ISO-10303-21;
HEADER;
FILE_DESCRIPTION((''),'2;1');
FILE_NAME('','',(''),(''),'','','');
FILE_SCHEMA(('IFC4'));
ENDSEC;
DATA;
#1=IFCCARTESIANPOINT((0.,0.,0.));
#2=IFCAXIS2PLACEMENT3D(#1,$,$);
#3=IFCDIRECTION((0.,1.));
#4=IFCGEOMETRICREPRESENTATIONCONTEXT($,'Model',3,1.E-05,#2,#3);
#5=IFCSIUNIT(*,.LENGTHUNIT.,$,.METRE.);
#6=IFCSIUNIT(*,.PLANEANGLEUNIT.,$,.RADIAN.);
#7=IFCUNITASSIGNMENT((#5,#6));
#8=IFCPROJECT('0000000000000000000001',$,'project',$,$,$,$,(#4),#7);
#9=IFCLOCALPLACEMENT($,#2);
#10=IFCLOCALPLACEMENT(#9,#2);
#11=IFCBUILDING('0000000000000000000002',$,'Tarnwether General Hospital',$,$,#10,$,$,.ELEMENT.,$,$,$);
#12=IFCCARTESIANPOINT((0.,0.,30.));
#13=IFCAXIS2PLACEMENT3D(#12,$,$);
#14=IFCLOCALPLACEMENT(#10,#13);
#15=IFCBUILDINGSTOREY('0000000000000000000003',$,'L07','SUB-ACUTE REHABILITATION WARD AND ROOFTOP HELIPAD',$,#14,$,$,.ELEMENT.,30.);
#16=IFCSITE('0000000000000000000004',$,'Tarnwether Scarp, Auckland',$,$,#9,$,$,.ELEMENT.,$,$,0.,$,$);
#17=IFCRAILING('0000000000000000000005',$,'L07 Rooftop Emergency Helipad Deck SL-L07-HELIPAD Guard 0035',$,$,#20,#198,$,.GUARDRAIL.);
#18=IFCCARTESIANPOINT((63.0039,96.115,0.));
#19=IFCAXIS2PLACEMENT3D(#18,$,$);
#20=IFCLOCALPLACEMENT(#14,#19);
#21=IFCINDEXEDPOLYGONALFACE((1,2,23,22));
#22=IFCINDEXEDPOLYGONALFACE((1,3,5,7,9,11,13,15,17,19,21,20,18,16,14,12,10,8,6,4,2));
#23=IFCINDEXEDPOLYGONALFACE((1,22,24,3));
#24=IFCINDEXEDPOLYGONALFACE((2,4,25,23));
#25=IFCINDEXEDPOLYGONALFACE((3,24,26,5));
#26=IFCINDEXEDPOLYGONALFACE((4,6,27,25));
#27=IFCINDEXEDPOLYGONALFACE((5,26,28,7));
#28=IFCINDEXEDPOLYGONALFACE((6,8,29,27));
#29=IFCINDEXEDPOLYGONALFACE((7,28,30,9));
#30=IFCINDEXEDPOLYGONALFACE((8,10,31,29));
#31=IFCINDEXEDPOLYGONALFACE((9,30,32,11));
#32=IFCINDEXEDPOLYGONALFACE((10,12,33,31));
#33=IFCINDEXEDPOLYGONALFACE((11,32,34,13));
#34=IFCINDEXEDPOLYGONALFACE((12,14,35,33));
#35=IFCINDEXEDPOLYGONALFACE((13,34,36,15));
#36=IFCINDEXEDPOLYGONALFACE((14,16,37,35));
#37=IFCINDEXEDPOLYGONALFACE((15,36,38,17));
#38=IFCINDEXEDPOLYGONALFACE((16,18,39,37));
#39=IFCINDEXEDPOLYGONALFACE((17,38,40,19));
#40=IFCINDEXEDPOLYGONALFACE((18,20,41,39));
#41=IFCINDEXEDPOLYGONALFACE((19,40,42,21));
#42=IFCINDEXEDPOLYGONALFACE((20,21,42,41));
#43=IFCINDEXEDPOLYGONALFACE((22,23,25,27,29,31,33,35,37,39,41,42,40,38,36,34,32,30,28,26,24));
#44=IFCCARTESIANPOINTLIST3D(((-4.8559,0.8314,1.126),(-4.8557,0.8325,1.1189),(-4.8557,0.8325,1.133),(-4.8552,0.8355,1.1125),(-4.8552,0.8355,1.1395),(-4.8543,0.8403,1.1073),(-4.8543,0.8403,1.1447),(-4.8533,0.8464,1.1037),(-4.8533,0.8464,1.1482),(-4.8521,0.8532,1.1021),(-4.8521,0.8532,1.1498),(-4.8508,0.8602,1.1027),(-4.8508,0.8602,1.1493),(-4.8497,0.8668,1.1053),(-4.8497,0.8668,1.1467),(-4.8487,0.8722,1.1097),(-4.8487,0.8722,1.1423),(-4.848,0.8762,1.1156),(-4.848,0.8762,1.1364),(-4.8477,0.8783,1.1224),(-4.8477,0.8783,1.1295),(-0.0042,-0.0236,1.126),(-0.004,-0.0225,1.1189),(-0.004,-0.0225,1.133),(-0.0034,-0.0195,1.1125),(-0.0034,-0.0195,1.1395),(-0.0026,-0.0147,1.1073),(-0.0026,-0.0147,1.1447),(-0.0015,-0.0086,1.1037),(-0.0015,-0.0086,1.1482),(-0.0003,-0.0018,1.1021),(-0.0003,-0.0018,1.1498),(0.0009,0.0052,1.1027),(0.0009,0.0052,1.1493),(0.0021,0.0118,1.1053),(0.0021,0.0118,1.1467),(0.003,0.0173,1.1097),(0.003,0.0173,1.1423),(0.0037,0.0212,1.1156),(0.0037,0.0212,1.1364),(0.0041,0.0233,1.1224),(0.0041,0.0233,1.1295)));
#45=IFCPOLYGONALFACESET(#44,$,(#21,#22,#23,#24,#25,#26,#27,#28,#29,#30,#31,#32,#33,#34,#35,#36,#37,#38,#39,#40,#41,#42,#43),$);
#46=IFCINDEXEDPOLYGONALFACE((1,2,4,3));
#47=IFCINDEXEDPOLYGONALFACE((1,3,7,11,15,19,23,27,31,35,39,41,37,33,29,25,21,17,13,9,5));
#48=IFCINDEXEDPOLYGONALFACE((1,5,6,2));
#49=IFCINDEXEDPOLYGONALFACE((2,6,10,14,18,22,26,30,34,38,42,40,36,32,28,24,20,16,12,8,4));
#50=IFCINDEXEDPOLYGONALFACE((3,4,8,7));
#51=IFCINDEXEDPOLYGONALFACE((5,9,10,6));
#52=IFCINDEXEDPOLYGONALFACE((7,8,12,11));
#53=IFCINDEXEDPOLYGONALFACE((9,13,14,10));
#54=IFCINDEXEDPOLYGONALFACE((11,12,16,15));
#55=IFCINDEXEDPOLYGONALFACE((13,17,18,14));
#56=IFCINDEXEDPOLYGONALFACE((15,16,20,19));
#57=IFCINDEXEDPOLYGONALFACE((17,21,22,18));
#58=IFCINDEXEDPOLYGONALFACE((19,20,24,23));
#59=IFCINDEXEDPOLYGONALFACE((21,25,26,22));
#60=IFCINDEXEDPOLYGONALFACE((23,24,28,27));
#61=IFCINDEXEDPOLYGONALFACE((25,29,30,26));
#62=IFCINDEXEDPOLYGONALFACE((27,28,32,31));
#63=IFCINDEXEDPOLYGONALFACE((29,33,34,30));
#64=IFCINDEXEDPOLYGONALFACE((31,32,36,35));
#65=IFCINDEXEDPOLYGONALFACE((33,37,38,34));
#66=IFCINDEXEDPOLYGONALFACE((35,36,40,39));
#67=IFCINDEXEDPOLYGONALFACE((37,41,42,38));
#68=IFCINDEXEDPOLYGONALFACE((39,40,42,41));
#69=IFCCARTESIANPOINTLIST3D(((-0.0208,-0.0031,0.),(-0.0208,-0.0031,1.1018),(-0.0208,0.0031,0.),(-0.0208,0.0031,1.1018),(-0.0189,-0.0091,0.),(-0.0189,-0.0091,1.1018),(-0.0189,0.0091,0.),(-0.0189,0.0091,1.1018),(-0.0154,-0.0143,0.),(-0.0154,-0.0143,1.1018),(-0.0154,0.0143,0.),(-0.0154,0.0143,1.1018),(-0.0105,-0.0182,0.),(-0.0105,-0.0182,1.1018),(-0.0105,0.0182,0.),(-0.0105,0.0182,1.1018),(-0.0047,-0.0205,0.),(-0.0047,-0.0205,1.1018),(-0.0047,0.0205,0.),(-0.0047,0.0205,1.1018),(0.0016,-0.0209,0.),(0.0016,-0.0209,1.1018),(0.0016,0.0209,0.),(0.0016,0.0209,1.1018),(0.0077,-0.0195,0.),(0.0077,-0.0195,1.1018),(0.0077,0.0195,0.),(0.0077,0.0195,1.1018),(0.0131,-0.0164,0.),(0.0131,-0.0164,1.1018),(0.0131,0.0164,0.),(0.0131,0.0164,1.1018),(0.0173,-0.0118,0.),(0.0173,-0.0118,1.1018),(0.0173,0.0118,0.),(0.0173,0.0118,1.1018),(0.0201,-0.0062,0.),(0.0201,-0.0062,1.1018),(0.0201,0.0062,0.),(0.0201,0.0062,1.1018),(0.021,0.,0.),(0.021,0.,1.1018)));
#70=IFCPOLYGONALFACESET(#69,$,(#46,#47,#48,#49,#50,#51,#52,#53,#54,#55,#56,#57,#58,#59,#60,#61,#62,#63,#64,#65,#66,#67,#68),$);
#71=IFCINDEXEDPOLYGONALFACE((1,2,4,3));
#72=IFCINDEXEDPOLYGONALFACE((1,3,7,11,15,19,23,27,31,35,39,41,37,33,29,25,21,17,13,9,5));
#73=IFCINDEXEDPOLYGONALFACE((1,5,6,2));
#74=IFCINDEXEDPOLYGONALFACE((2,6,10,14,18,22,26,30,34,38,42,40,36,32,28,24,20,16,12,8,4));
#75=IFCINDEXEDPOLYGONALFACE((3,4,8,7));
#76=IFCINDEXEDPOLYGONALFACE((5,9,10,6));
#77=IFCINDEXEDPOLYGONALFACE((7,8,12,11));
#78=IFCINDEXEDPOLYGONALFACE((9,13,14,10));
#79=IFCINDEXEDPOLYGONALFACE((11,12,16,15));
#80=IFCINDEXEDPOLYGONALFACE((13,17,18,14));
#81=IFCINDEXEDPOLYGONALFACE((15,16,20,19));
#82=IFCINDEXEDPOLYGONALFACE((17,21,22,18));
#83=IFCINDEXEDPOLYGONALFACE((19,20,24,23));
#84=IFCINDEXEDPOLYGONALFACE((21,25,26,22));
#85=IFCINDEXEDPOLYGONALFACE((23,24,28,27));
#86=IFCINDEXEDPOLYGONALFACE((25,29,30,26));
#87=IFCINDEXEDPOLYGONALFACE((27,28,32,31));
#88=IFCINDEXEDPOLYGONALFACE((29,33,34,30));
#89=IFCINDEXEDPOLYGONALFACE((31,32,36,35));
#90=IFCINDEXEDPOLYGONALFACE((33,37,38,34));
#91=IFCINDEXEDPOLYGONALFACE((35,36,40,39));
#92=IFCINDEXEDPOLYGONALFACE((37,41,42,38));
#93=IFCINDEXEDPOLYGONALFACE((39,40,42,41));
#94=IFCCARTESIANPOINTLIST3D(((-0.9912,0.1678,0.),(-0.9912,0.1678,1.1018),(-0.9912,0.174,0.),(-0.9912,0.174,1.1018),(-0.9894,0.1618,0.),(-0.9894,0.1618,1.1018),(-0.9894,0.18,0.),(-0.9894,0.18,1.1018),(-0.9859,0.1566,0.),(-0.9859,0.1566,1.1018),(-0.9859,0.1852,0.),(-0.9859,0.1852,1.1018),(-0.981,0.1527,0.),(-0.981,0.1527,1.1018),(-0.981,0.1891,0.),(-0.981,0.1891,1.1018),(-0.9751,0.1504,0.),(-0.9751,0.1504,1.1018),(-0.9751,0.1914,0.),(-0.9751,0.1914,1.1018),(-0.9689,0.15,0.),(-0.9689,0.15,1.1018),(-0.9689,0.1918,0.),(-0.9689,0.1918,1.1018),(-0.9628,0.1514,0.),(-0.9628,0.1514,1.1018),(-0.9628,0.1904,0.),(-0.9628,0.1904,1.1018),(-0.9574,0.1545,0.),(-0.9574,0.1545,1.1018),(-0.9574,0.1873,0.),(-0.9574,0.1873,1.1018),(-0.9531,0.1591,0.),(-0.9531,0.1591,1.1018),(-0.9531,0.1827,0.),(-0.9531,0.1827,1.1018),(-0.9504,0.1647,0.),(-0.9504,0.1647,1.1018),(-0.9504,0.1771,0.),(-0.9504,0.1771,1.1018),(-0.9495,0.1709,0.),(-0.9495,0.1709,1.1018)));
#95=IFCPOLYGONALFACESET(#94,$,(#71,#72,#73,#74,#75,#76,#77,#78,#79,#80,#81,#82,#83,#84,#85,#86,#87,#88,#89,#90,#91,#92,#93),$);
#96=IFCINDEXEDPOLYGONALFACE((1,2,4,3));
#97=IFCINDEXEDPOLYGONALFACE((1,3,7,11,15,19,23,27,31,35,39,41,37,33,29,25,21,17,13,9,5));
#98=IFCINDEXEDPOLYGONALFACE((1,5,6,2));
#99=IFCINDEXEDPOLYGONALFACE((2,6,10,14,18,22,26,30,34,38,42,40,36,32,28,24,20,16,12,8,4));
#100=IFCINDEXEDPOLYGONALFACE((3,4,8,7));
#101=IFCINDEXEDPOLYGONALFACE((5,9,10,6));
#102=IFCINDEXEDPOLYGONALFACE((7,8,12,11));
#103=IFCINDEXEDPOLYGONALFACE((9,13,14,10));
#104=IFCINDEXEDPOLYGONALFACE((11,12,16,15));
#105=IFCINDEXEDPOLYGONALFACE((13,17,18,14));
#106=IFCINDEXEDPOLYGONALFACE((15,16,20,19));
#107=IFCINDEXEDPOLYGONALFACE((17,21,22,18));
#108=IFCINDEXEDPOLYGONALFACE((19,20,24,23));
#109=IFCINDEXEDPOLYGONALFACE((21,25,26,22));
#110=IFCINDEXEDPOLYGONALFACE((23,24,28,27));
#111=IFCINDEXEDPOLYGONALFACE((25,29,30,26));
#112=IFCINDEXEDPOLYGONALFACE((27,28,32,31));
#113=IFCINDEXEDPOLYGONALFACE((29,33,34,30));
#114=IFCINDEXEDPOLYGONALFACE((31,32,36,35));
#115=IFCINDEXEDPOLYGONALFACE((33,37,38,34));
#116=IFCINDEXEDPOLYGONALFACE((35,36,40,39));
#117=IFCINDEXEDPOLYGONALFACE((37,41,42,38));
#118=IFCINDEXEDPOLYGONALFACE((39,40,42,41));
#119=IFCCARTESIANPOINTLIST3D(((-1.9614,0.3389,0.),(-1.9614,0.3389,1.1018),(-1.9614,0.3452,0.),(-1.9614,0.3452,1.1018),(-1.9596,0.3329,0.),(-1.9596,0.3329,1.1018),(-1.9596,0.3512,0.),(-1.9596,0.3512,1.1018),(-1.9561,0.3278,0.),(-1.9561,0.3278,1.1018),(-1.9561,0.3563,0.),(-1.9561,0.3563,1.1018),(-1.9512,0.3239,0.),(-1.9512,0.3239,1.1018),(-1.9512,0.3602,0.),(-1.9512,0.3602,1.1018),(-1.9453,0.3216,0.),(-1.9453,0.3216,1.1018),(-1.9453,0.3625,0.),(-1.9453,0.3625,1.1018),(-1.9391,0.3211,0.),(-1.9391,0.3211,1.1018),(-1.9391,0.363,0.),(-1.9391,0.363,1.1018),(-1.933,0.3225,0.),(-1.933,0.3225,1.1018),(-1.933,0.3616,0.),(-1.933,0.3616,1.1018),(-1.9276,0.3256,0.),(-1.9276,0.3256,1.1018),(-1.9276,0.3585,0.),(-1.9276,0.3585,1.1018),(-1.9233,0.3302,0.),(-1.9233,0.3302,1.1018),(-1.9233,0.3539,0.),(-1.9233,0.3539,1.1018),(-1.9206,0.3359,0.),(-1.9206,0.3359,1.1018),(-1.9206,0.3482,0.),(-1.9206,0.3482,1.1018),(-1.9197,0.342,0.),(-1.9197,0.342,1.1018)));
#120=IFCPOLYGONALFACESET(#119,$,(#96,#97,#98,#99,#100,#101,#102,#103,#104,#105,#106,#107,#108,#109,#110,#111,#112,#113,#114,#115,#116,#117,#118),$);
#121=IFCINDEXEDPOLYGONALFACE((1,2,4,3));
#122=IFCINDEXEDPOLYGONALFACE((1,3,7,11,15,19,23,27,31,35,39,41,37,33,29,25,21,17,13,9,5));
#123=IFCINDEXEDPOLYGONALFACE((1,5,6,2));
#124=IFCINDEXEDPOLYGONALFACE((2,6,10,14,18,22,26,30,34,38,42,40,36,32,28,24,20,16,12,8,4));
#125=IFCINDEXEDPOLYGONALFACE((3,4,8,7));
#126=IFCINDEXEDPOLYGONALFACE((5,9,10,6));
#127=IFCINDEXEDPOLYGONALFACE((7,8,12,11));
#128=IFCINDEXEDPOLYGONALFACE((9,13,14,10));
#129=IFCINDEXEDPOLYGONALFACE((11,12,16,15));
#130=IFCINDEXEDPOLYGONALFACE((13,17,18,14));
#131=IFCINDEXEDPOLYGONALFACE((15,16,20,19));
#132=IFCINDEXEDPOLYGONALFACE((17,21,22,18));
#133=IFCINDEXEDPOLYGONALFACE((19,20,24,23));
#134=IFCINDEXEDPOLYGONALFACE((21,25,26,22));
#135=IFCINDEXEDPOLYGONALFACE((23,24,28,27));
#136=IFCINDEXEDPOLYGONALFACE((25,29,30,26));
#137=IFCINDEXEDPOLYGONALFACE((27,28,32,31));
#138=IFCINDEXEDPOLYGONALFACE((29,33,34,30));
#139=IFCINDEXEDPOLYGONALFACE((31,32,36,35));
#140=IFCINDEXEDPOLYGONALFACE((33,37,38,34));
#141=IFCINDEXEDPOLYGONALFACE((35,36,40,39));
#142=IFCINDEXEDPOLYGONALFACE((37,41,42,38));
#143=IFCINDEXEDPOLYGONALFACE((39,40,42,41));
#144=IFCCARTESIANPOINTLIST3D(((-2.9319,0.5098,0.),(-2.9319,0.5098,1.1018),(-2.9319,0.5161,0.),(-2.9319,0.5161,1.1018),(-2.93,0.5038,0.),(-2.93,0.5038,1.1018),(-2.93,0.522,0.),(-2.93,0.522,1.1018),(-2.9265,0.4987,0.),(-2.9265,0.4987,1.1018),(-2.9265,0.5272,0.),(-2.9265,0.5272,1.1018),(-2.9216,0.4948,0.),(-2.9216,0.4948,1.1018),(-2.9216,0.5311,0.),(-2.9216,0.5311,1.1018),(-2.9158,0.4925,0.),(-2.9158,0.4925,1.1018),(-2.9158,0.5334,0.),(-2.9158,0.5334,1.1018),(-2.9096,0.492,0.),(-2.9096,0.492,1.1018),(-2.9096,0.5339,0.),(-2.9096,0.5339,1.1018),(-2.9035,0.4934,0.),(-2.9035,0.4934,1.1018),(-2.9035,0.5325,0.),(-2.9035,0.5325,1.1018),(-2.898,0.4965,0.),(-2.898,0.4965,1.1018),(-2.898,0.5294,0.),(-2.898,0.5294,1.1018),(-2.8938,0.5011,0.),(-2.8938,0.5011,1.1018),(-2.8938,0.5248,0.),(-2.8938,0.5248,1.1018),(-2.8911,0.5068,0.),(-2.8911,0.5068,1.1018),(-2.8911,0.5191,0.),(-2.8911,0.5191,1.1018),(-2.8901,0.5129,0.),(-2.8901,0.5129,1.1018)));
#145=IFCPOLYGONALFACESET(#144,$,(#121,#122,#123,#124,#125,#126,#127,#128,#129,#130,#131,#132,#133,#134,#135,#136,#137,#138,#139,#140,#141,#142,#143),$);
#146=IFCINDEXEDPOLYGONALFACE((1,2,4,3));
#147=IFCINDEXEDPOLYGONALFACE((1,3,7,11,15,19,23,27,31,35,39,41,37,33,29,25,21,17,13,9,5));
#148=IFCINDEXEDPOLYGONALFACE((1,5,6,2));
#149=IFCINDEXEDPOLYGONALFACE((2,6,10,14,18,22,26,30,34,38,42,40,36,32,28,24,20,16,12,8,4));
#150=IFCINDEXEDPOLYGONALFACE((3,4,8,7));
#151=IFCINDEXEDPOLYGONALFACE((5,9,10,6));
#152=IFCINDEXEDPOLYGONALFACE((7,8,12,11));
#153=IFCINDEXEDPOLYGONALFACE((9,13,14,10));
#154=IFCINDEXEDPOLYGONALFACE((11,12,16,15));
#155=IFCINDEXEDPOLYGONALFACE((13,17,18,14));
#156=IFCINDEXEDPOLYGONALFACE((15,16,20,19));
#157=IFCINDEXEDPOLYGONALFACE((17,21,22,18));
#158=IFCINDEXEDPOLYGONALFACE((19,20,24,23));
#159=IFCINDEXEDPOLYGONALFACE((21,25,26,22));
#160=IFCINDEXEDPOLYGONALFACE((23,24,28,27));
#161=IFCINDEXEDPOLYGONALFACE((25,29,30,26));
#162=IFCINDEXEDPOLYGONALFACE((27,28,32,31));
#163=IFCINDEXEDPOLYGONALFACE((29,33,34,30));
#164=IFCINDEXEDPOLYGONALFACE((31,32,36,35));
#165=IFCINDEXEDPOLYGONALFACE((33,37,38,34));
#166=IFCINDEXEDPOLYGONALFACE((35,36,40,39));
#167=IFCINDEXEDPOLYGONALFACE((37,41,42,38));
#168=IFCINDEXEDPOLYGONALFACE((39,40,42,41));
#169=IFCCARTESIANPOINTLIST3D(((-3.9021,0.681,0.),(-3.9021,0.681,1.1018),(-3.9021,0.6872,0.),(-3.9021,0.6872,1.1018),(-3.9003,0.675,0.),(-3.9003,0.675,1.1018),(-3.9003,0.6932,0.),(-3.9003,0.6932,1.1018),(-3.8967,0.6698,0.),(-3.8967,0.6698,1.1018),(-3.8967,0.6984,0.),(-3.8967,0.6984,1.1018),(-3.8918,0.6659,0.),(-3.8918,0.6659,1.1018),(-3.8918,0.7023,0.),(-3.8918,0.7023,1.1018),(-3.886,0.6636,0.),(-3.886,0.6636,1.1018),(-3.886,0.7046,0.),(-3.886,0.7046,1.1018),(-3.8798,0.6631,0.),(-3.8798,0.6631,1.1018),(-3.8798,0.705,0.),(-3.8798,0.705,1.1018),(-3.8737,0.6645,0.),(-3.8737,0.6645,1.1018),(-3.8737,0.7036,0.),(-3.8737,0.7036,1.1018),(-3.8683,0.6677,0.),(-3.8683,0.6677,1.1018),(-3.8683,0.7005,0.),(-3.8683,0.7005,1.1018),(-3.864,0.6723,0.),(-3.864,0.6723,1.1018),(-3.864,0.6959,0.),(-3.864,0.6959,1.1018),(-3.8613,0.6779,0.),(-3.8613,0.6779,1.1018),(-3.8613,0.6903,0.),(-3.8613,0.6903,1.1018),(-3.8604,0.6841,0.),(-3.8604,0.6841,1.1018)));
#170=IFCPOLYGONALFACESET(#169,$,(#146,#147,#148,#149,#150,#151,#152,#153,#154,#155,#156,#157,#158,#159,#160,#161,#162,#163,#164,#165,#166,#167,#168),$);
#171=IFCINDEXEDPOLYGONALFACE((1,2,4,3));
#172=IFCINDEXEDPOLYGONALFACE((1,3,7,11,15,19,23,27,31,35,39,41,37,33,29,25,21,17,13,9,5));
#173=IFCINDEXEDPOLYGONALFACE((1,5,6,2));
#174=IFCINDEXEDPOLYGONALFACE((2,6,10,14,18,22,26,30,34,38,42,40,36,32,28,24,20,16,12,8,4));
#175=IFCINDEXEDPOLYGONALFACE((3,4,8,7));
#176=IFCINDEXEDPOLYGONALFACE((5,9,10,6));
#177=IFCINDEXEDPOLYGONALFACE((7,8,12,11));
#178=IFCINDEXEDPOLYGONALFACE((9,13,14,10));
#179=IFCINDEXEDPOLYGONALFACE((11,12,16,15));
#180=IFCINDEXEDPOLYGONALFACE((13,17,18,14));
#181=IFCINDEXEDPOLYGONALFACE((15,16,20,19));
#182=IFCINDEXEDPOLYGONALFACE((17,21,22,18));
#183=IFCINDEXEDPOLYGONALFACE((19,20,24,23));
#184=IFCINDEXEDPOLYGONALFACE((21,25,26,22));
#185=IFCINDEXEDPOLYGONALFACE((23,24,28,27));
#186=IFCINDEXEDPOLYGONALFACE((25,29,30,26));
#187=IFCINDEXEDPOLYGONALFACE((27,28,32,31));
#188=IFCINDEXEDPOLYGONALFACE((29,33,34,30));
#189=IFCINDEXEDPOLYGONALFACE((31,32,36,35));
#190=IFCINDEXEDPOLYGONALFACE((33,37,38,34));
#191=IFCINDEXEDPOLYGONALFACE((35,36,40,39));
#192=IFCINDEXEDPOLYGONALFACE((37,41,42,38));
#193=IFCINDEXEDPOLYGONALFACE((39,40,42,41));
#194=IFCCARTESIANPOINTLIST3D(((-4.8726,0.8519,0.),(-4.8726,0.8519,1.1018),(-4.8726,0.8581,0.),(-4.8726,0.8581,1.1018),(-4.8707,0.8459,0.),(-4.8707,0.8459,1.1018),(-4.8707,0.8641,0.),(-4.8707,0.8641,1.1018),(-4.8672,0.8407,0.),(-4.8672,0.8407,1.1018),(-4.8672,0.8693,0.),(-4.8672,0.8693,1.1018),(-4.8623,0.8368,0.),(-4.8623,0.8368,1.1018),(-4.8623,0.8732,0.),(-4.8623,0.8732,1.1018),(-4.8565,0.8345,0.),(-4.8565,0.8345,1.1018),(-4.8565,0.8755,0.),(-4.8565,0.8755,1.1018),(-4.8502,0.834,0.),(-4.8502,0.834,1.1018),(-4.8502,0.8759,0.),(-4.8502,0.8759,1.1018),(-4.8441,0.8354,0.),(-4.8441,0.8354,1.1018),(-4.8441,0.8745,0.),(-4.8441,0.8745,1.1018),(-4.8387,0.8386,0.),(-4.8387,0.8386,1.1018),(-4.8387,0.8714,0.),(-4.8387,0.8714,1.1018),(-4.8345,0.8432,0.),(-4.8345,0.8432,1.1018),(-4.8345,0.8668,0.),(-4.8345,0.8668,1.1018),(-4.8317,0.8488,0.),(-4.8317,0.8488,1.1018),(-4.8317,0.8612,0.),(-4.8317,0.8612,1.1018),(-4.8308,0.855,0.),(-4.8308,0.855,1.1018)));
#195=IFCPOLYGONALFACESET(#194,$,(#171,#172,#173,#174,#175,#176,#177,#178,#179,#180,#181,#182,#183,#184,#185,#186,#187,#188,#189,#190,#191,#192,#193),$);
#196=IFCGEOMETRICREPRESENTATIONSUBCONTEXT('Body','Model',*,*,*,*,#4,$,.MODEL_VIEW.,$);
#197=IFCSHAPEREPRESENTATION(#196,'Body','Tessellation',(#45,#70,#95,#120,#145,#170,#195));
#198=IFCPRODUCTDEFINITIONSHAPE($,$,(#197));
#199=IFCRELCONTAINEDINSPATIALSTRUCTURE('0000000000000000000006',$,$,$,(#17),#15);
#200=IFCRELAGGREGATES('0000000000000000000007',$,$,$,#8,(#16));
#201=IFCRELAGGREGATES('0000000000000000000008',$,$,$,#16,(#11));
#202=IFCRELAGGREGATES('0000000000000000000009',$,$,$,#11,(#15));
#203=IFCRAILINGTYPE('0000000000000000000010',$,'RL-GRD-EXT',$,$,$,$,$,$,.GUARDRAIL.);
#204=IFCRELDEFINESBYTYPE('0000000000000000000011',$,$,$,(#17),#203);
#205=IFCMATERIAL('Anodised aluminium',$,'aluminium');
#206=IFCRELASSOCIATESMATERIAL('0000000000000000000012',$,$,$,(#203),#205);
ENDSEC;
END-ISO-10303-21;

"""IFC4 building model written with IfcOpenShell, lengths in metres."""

from ifc_helpers import new_model, si_unit, direction, frame, origin, origin_2d, place, context, subcontext, project, spatial, circle, extrude, material, type_object, element, save


model = new_model("IFC4")

# Units and contexts
model_context = context("Model", 3, precision=1e-05, world=origin(), true_north=direction((0.0, 1.0)))
body_context = subcontext(model_context, "Body", "Model", "MODEL_VIEW")
ifc_project = project(units=[si_unit("LENGTHUNIT", "METRE"), si_unit("PLANEANGLEUNIT", "RADIAN")], contexts=[model_context])

# Site, building, storey
site_placement = place(None, origin())
site = spatial("IfcSite", under=ifc_project, at=site_placement, Name="Tarnwether Scarp, Auckland", CompositionType="ELEMENT", RefElevation=0.0)
building_placement = place(site_placement, origin())
building = spatial("IfcBuilding", under=site, at=building_placement, Name="Tarnwether General Hospital", CompositionType="ELEMENT")
storey_placement = place(building_placement, frame((0.0, 0.0, 30.0)))
storey = spatial("IfcBuildingStorey", under=building, at=storey_placement, Name="L07", Description="SUB-ACUTE REHABILITATION WARD AND ROOFTOP HELIPAD", CompositionType="ELEMENT", Elevation=30.0)

# Railing
ifc_material_1 = material(Name="Anodised aluminium", Category="aluminium")
railing_type = type_object("IfcRailingType", Name="RL-GRD-EXT", PredefinedType="GUARDRAIL", material=ifc_material_1)
railing_1_placement = place(storey_placement, frame((63.0039, 96.115, 0.0)))
element("IfcRailing", 1, at=railing_1_placement, inside=storey, type_object=railing_type, Name="L07 Rooftop Emergency Helipad Deck SL-L07-HELIPAD Guard 0035", PredefinedType="GUARDRAIL", context=body_context, shape_type="SweptSolid", body=[
    extrude(circle(Radius=0.0239, at=origin_2d()), frame((0.0, 0.0, 1.126), z_axis=(-0.984826, 0.173545, 0.0), x_axis=(-0.173545, -0.984826, 0.0)), (0.0, 0.0, 1.0), 4.9265),
    extrude(circle(Radius=0.021, at=origin_2d()), origin(), (0.0, 0.0, 1.0), 1.1018),
    extrude(circle(Radius=0.021, at=origin_2d()), frame((-0.9705, 0.1709, 0.0)), (0.0, 0.0, 1.0), 1.1018),
    extrude(circle(Radius=0.021, at=origin_2d()), frame((-1.9407, 0.342, 0.0)), (0.0, 0.0, 1.0), 1.1018),
    extrude(circle(Radius=0.021, at=origin_2d()), frame((-2.9111, 0.5129, 0.0)), (0.0, 0.0, 1.0), 1.1018),
    extrude(circle(Radius=0.021, at=origin_2d()), frame((-3.8813, 0.6841, 0.0)), (0.0, 0.0, 1.0), 1.1018),
    extrude(circle(Radius=0.021, at=origin_2d()), frame((-4.8518, 0.855, 0.0)), (0.0, 0.0, 1.0), 1.1018),
])

save(model, "model.ifc")
